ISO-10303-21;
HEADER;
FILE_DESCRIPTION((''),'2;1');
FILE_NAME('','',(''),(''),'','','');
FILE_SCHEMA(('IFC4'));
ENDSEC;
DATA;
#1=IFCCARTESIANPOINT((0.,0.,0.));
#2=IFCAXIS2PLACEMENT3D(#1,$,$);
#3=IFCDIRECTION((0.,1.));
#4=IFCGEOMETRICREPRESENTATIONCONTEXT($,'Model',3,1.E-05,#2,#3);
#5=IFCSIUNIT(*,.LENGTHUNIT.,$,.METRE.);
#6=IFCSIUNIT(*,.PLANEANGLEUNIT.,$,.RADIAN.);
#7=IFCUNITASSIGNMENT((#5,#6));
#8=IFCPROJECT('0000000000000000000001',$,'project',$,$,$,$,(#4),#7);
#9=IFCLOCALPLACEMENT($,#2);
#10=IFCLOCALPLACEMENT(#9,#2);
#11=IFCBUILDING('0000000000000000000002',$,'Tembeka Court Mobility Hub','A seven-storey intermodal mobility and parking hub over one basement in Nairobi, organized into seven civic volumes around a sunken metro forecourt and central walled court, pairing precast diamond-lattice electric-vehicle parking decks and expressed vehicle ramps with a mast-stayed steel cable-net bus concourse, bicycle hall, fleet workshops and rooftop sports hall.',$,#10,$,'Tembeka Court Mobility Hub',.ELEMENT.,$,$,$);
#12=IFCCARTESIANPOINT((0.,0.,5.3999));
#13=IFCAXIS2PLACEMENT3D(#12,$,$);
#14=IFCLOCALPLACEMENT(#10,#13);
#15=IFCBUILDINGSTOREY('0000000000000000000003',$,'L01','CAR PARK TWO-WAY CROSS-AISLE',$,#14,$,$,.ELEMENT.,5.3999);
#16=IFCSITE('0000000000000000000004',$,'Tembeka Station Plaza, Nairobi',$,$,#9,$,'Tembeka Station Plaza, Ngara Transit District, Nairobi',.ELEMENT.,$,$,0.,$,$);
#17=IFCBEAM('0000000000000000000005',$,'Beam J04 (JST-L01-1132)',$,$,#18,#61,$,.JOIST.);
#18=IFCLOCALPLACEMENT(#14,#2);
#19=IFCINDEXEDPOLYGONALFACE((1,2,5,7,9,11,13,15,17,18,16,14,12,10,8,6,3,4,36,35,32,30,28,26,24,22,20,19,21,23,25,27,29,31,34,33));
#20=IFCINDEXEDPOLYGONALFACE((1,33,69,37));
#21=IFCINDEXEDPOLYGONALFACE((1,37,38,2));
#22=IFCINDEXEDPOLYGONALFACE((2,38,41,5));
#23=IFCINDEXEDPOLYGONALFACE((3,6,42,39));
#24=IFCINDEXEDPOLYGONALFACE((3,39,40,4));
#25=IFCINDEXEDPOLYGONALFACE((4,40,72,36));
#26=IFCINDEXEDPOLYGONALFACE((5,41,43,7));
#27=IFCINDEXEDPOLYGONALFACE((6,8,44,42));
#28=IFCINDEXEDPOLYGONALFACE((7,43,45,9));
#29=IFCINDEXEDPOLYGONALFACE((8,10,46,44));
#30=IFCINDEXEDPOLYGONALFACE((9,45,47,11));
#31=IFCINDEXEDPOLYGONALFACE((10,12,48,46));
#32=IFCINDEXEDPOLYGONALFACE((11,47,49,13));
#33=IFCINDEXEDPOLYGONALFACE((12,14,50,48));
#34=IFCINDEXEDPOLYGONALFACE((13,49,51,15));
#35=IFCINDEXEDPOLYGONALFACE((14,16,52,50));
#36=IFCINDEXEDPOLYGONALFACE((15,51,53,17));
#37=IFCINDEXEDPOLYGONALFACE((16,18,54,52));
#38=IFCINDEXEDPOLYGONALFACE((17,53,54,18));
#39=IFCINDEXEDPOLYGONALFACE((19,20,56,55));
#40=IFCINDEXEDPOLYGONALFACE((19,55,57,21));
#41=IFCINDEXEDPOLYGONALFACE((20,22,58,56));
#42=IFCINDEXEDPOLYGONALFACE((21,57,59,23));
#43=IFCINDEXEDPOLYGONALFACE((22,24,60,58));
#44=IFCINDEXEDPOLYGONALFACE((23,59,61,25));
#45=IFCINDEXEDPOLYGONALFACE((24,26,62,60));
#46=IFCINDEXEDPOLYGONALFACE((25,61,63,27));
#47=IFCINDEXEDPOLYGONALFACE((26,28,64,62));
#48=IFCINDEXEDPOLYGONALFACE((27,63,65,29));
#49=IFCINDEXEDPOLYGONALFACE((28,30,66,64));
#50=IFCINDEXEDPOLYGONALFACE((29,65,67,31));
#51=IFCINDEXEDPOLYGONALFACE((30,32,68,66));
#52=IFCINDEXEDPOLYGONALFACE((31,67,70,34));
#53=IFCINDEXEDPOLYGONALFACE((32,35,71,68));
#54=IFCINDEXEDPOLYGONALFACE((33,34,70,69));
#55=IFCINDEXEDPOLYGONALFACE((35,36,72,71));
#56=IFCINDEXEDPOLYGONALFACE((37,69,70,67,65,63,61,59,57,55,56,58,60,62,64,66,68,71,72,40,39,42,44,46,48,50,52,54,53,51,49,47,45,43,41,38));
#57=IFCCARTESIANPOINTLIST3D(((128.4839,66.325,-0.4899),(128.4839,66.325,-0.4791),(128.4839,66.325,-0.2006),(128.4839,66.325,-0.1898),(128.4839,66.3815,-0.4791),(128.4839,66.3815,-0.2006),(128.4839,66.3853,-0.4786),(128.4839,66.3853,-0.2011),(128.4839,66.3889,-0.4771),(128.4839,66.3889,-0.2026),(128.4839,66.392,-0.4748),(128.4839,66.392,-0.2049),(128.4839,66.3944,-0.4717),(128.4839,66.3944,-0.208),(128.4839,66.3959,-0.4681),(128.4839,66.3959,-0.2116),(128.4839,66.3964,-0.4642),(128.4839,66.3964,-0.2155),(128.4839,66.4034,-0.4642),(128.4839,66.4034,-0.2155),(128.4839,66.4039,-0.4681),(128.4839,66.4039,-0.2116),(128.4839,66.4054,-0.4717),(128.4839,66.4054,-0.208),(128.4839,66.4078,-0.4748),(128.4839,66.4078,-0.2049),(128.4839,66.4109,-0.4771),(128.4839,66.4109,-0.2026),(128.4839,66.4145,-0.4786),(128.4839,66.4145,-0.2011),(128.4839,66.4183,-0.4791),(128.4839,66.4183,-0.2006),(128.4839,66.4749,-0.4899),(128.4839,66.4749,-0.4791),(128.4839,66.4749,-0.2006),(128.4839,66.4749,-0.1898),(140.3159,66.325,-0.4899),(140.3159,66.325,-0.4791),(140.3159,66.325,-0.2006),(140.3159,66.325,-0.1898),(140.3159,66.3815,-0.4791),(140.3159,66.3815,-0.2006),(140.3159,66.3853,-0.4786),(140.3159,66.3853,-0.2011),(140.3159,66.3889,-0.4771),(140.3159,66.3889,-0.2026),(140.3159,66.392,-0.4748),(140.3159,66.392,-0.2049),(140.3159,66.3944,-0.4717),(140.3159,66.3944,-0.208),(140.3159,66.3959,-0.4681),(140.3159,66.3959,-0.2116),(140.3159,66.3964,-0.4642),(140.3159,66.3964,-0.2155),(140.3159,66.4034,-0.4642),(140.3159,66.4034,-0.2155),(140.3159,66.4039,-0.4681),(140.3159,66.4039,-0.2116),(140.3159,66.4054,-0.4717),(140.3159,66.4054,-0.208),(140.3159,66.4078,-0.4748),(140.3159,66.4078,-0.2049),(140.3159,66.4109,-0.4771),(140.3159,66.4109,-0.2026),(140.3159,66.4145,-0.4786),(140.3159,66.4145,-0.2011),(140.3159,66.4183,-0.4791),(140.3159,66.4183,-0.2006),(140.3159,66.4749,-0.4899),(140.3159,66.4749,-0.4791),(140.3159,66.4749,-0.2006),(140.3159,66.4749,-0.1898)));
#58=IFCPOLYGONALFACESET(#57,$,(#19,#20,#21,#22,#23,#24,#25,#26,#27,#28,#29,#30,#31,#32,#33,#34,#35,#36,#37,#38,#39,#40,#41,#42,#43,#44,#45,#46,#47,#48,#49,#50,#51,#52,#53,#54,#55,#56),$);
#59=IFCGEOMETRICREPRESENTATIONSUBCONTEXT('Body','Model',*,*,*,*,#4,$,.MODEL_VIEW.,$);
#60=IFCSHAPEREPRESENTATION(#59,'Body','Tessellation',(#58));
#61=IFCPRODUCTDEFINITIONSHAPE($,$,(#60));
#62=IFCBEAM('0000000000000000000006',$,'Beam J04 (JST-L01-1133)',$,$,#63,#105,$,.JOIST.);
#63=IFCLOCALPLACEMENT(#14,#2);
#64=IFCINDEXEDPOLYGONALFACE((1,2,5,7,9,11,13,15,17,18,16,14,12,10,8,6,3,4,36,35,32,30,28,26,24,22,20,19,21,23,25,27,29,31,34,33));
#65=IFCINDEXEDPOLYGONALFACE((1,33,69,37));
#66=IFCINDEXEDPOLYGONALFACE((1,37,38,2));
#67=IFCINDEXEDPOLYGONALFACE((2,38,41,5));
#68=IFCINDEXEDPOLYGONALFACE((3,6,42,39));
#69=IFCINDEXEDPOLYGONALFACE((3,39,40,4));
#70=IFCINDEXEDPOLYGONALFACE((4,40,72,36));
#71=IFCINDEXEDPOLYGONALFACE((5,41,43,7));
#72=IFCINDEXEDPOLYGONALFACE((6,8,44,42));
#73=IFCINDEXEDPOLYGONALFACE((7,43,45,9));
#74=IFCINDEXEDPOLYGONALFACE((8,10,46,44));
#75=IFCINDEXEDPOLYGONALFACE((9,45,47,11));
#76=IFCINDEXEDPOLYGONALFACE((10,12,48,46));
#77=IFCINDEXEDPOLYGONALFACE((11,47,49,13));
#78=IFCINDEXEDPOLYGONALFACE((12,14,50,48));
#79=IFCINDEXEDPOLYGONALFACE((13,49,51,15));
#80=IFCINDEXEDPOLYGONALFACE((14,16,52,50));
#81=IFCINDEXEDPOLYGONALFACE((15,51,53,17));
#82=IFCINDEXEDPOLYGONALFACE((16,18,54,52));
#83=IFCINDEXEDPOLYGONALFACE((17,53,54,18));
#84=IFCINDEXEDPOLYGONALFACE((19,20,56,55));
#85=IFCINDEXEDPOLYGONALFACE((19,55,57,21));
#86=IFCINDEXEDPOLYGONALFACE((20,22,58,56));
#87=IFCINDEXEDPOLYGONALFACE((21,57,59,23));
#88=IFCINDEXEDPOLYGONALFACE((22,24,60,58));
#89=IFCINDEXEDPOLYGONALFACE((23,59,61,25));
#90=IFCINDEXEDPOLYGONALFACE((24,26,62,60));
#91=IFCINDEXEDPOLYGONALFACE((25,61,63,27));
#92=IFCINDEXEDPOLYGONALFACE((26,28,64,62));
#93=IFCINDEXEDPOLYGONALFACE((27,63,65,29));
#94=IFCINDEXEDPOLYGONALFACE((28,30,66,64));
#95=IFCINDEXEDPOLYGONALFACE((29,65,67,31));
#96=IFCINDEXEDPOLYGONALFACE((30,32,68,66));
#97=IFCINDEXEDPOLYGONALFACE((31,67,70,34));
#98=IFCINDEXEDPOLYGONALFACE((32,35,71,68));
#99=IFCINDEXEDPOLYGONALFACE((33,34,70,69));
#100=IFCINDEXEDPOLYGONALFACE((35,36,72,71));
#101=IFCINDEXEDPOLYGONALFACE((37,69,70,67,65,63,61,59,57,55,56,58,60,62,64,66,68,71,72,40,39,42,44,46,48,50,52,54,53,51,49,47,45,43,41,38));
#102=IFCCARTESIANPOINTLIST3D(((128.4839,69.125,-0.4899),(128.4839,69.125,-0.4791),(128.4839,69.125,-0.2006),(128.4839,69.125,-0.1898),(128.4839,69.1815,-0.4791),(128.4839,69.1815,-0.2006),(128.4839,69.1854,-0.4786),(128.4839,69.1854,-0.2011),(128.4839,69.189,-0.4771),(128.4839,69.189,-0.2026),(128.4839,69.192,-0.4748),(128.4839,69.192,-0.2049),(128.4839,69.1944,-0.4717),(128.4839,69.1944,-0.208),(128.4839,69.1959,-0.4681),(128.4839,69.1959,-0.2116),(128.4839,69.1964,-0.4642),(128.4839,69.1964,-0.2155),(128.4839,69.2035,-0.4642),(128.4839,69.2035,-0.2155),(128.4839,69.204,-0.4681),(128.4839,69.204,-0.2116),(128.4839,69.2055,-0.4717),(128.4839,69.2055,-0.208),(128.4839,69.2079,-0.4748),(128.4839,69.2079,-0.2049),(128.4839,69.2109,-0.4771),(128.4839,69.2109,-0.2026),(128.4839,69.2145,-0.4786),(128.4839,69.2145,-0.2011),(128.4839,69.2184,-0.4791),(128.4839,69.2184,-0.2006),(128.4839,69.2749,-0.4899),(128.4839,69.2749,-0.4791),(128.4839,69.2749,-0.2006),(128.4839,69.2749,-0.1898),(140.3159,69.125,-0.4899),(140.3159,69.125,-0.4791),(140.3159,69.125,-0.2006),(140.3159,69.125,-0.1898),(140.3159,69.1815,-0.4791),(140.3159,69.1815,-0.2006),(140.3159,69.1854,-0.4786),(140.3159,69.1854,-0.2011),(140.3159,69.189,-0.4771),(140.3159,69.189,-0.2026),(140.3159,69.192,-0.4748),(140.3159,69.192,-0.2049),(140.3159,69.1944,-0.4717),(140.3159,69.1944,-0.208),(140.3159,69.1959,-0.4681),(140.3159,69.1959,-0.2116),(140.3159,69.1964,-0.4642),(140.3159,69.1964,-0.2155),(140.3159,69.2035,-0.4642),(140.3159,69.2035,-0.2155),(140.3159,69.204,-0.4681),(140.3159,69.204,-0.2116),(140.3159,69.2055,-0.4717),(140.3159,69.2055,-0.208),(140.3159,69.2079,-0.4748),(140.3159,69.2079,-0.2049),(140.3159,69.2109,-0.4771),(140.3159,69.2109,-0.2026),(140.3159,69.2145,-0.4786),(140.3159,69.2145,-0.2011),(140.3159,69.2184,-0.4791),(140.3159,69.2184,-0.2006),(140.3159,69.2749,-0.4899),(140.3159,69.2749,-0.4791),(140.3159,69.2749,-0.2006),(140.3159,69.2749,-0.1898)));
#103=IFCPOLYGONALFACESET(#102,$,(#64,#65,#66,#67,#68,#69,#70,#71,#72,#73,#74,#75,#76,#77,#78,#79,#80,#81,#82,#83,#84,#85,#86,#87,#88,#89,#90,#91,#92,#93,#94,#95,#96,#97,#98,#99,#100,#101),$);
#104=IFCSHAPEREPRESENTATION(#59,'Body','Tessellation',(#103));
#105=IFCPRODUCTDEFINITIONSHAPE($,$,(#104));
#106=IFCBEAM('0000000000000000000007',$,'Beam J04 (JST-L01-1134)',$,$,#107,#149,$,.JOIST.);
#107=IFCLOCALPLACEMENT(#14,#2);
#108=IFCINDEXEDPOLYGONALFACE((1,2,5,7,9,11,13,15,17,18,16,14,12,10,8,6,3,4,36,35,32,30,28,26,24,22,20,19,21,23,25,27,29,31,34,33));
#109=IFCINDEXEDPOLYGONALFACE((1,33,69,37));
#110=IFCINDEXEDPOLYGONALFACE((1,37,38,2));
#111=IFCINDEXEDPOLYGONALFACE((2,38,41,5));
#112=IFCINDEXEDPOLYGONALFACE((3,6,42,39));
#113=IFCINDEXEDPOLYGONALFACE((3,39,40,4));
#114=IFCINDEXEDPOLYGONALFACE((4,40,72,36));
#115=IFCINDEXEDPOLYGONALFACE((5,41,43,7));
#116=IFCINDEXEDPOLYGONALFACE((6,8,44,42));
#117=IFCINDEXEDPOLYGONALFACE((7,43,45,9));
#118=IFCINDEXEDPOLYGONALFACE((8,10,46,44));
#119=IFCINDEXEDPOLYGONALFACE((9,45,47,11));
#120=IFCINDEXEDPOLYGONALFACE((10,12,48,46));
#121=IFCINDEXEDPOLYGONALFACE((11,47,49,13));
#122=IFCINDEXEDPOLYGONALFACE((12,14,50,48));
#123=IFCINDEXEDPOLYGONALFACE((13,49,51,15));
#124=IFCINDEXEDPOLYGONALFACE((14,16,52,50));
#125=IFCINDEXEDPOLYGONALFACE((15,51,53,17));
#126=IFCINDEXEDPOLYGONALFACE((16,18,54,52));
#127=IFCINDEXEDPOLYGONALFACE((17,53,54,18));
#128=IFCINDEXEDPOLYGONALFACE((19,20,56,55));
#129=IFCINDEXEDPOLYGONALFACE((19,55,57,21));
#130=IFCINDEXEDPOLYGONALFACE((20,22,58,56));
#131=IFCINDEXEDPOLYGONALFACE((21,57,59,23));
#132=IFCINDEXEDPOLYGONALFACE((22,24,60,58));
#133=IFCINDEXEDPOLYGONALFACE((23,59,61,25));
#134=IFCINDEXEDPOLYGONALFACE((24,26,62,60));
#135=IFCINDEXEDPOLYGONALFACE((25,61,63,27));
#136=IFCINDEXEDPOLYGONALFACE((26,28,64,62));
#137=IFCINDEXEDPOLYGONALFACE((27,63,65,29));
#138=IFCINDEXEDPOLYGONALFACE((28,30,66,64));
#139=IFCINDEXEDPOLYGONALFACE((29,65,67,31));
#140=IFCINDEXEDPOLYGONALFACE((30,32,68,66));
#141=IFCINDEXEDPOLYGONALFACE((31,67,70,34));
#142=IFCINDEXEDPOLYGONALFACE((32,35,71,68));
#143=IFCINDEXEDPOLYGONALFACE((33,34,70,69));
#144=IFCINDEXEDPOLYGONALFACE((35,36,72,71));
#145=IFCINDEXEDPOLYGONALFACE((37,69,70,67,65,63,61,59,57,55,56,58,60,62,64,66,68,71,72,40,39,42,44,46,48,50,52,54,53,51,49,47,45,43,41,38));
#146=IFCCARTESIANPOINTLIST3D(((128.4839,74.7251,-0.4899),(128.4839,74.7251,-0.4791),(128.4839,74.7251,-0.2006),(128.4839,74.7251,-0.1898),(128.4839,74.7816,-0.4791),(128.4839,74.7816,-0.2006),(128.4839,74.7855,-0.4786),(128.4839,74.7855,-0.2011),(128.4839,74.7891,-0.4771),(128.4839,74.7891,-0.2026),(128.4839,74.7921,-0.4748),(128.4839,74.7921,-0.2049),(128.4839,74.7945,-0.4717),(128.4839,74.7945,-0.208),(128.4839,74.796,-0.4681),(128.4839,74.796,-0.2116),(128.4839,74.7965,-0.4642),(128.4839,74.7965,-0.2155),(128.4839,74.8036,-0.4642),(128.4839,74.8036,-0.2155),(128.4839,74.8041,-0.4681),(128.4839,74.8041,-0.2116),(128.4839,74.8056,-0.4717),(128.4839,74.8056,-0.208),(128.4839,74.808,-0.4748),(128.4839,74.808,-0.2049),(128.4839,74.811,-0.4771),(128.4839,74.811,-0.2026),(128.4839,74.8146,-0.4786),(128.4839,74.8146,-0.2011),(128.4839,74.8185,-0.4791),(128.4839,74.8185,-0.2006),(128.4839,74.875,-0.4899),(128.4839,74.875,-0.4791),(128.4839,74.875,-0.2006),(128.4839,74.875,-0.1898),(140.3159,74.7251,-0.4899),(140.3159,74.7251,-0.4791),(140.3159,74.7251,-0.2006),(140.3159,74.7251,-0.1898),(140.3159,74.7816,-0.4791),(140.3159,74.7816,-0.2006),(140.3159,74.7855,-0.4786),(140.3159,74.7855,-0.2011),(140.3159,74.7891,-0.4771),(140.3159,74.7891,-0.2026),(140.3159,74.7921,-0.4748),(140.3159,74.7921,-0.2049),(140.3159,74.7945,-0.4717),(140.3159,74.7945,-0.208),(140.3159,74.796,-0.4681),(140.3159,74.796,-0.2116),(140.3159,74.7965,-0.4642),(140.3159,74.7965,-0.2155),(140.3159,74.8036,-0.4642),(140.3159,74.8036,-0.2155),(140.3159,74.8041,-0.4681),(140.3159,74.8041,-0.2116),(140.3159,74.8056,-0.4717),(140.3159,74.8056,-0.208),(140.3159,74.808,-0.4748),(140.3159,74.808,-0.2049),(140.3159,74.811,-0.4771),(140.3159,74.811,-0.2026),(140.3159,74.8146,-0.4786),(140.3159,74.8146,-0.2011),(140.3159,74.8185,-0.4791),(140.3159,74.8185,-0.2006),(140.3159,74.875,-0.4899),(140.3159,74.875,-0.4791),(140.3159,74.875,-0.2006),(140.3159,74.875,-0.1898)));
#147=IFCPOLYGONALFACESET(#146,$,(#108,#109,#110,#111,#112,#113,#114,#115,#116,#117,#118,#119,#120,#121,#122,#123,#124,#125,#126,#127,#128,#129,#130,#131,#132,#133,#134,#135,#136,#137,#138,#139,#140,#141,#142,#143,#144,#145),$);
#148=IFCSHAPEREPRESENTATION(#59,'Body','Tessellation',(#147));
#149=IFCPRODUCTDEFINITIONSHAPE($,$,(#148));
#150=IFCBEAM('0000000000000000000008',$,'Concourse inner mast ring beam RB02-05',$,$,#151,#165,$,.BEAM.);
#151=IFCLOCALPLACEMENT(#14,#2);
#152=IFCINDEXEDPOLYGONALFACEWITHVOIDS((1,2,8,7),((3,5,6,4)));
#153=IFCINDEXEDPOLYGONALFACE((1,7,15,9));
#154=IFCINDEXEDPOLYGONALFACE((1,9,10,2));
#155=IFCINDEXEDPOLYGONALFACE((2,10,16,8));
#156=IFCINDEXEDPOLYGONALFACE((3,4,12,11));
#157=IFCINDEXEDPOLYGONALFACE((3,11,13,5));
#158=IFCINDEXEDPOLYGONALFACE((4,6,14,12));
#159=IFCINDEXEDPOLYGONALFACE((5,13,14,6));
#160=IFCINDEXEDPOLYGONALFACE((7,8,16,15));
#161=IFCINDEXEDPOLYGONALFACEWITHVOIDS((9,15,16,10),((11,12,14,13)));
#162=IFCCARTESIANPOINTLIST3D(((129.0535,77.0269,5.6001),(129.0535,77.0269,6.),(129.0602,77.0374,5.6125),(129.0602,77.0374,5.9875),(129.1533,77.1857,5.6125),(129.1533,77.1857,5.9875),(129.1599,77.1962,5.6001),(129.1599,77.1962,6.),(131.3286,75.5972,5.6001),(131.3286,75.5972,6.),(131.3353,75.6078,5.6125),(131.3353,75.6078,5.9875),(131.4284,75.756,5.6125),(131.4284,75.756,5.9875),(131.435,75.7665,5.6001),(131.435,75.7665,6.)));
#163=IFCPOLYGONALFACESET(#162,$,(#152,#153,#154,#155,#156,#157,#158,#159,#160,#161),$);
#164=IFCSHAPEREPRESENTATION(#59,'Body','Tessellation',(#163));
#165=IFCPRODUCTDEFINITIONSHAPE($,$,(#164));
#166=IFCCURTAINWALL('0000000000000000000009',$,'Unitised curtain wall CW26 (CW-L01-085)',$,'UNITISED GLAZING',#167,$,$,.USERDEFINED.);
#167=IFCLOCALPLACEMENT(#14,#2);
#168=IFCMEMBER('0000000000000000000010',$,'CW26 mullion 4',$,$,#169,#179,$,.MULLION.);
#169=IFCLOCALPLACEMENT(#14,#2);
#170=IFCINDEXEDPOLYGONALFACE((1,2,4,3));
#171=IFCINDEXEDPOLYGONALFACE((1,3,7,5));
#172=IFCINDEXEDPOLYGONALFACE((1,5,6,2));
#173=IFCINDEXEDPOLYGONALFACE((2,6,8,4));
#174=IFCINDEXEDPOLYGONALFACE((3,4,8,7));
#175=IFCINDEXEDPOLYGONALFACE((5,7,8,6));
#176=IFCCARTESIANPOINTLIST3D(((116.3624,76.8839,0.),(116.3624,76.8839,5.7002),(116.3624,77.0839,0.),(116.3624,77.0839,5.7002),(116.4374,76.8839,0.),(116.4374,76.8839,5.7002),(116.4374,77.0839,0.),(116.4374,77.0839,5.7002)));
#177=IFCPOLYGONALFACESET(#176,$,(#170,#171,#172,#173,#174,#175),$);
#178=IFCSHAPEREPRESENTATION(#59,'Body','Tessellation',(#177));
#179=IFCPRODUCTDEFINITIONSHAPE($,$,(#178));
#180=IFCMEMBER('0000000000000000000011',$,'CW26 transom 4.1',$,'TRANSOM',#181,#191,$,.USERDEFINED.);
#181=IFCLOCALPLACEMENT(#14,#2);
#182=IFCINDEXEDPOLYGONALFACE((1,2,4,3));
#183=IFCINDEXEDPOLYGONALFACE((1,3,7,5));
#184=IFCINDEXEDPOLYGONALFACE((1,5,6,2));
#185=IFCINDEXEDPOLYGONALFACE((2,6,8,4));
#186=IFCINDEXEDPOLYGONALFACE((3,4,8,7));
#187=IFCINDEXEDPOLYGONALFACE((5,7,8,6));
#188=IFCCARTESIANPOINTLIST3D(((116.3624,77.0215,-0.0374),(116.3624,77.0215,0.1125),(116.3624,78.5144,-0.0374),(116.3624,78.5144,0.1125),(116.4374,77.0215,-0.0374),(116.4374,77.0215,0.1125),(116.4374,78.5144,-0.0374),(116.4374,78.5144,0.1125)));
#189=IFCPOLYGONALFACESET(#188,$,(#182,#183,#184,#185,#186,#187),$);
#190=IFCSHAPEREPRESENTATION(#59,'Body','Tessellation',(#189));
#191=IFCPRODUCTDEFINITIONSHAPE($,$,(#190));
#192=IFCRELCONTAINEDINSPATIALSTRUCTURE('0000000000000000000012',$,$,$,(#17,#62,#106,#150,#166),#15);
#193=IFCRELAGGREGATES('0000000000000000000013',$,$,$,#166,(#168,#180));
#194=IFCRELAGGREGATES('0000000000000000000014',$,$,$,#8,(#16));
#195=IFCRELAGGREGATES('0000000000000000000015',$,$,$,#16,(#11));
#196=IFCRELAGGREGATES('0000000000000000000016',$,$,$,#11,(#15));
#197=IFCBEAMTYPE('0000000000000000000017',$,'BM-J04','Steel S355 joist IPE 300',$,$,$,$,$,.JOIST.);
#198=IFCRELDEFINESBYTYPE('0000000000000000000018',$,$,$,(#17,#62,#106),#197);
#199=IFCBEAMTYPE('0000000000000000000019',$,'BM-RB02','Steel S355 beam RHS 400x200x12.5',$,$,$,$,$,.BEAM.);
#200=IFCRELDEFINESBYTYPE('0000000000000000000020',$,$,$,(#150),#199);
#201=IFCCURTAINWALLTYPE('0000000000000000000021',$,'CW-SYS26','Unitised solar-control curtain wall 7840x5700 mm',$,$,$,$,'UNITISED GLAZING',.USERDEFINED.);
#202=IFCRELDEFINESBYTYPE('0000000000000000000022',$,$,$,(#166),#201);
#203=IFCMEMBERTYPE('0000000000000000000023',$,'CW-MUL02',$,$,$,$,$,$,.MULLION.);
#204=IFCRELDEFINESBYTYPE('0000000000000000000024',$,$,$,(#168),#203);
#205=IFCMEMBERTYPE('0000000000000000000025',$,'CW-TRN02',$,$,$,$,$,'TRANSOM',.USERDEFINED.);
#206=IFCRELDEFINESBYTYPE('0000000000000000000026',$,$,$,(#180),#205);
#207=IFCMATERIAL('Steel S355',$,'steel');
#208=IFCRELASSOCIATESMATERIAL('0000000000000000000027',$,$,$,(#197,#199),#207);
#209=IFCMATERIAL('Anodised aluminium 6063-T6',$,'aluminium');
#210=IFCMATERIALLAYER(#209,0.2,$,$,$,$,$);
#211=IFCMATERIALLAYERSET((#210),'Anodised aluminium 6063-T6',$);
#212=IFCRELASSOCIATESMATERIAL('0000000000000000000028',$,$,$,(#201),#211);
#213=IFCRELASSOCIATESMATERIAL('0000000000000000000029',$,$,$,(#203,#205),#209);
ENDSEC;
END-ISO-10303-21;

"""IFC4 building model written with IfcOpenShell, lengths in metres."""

from ifc_helpers import new_model, si_unit, direction, frame, origin, origin_2d, place, context, subcontext, project, spatial, rectangle, hollow_rectangle, i_section, extrude, material, layer, layer_set, material_profile, profile_set, type_object, element, aggregate, save


model = new_model("IFC4")

# Units and contexts
model_context = context("Model", 3, precision=1e-05, world=origin(), true_north=direction((0.0, 1.0)))
body_context = subcontext(model_context, "Body", "Model", "MODEL_VIEW")
ifc_project = project(units=[si_unit("LENGTHUNIT", "METRE"), si_unit("PLANEANGLEUNIT", "RADIAN")], contexts=[model_context])

# Site, building, storey
site_placement = place(None, origin())
site = spatial("IfcSite", under=ifc_project, at=site_placement, Name="Tembeka Station Plaza, Nairobi", LongName="Tembeka Station Plaza, Ngara Transit District, Nairobi", CompositionType="ELEMENT", RefElevation=0.0)
building_placement = place(site_placement, origin())
building = spatial("IfcBuilding", under=site, at=building_placement, Name="Tembeka Court Mobility Hub", Description="A seven-storey intermodal mobility and parking hub over one basement in Nairobi, organized into seven civic volumes around a sunken metro forecourt and central walled court, pairing precast diamond-lattice electric-vehicle parking decks and expressed vehicle ramps with a mast-stayed steel cable-net bus concourse, bicycle hall, fleet workshops and rooftop sports hall.", LongName="Tembeka Court Mobility Hub", CompositionType="ELEMENT")
storey_placement = place(building_placement, frame((0.0, 0.0, 5.3999)))
storey = spatial("IfcBuildingStorey", under=building, at=storey_placement, Name="L01", Description="CAR PARK TWO-WAY CROSS-AISLE", CompositionType="ELEMENT", Elevation=5.3999)

# Shared definitions
ifc_material_1 = material(Name="Steel S355", Category="steel")

# Beams
ifc_material_profile_1 = material_profile(ifc_material_1, i_section(OverallWidth=0.1499, OverallDepth=0.3, WebThickness=0.0071, FlangeThickness=0.0107, FilletRadius=0.0149, at=origin_2d()), Name="IPE 300")
ifc_profile_set_1 = profile_set([ifc_material_profile_1], Name="Steel S355")
beam_type_1 = type_object("IfcBeamType", Name="BM-J04", Description="Steel S355 joist IPE 300", PredefinedType="JOIST", material=ifc_profile_set_1)
for number, where, z_axis, x_axis, name in (
    (1, (128.4839, 66.3999, -0.3398), (1.0, 0.0, 0.0), (0.0, 1.0, 0.0), "Beam J04 (JST-L01-1132)"),
    (2, (128.4839, 69.2, -0.3398), (1.0, 0.0, 0.0), (0.0, 1.0, 0.0), "Beam J04 (JST-L01-1133)"),
    (3, (128.4839, 74.8, -0.3398), (1.0, 0.0, 0.0), (0.0, 1.0, 0.0), "Beam J04 (JST-L01-1134)"),
):
    element("IfcBeam", number, at=place(storey_placement, frame(where, z_axis=z_axis, x_axis=x_axis)), inside=storey, type_object=beam_type_1, Name=name, PredefinedType="JOIST", context=body_context, shape_type="SweptSolid", body=[
        extrude(i_section(OverallWidth=0.1499, OverallDepth=0.3, WebThickness=0.0071, FlangeThickness=0.0107, FilletRadius=0.0149, at=origin_2d()), origin(), (0.0, 0.0, 1.0), 11.832),
    ])
ifc_material_profile_2 = material_profile(ifc_material_1, hollow_rectangle(XDim=0.2, YDim=0.3999, WallThickness=0.0125, at=origin_2d()), Name="RHS 400x200x12.5")
ifc_profile_set_2 = profile_set([ifc_material_profile_2], Name="Steel S355")
beam_type_2 = type_object("IfcBeamType", Name="BM-RB02", Description="Steel S355 beam RHS 400x200x12.5", PredefinedType="BEAM", material=ifc_profile_set_2)
beam_1_placement = place(storey_placement, frame((131.3818, 75.6819, 5.8), z_axis=(-0.846704, 0.532064, 0.0), x_axis=(-0.532064, -0.846704, 0.0)))
element("IfcBeam", 4, at=beam_1_placement, inside=storey, type_object=beam_type_2, Name="Concourse inner mast ring beam RB02-05", PredefinedType="BEAM", context=body_context, shape_type="SweptSolid", body=[
    extrude(hollow_rectangle(XDim=0.2, YDim=0.3999, WallThickness=0.0125, at=origin_2d()), origin(), (0.0, 0.0, 1.0), 2.687),
])

# Curtain wall, members
ifc_material_2 = material(Name="Anodised aluminium 6063-T6", Category="aluminium")
ifc_layer_1 = layer(ifc_material_2, 0.2)
ifc_layer_set_1 = layer_set([ifc_layer_1], Name="Anodised aluminium 6063-T6")
curtain_wall_type = type_object("IfcCurtainWallType", Name="CW-SYS26", Description="Unitised solar-control curtain wall 7840x5700 mm", ElementType="UNITISED GLAZING", PredefinedType="USERDEFINED", material=ifc_layer_set_1)
curtain_wall_placement = place(storey_placement, origin())
curtain_wall = element("IfcCurtainWall", 5, at=curtain_wall_placement, inside=storey, type_object=curtain_wall_type, Name="Unitised curtain wall CW26 (CW-L01-085)", ObjectType="UNITISED GLAZING", PredefinedType="USERDEFINED")
ifc_material_profile_3 = material_profile(ifc_material_2, rectangle(XDim=0.075, YDim=0.2, at=origin_2d()), Name="ALU-MUL 75x200")
ifc_profile_set_3 = profile_set([ifc_material_profile_3], Name="Anodised aluminium 6063-T6")
member_type_1 = type_object("IfcMemberType", Name="CW-MUL02", PredefinedType="MULLION", material=ifc_profile_set_3)
member_1_placement = place(storey_placement, frame((116.3999, 76.9839, 0.0), z_axis=(0.0, 0.0, 1.0), x_axis=(-1.0, 0.0, 0.0)))
member_1 = element("IfcMember", 6, at=member_1_placement, type_object=member_type_1, Name="CW26 mullion 4", PredefinedType="MULLION", context=body_context, shape_type="SweptSolid", body=[
    extrude(rectangle(XDim=0.075, YDim=0.2, at=origin_2d()), origin(), (0.0, 0.0, 1.0), 5.7002),
])
ifc_material_profile_4 = material_profile(ifc_material_2, rectangle(XDim=0.075, YDim=0.1499, at=origin_2d()), Name="ALU-TRN 75x150")
ifc_profile_set_4 = profile_set([ifc_material_profile_4], Name="Anodised aluminium 6063-T6")
member_type_2 = type_object("IfcMemberType", Name="CW-TRN02", ElementType="TRANSOM", PredefinedType="USERDEFINED", material=ifc_profile_set_4)
member_2_placement = place(storey_placement, frame((116.3999, 77.0215, 0.0376), z_axis=(0.0, 1.0, 0.0), x_axis=(-1.0, 0.0, 0.0)))
member_2 = element("IfcMember", 7, at=member_2_placement, type_object=member_type_2, Name="CW26 transom 4.1", ObjectType="TRANSOM", PredefinedType="USERDEFINED", context=body_context, shape_type="SweptSolid", body=[
    extrude(rectangle(XDim=0.075, YDim=0.1499, at=origin_2d()), origin(), (0.0, 0.0, 1.0), 1.4929),
])

aggregate(curtain_wall, [member_1, member_2])

save(model, "model.ifc")
